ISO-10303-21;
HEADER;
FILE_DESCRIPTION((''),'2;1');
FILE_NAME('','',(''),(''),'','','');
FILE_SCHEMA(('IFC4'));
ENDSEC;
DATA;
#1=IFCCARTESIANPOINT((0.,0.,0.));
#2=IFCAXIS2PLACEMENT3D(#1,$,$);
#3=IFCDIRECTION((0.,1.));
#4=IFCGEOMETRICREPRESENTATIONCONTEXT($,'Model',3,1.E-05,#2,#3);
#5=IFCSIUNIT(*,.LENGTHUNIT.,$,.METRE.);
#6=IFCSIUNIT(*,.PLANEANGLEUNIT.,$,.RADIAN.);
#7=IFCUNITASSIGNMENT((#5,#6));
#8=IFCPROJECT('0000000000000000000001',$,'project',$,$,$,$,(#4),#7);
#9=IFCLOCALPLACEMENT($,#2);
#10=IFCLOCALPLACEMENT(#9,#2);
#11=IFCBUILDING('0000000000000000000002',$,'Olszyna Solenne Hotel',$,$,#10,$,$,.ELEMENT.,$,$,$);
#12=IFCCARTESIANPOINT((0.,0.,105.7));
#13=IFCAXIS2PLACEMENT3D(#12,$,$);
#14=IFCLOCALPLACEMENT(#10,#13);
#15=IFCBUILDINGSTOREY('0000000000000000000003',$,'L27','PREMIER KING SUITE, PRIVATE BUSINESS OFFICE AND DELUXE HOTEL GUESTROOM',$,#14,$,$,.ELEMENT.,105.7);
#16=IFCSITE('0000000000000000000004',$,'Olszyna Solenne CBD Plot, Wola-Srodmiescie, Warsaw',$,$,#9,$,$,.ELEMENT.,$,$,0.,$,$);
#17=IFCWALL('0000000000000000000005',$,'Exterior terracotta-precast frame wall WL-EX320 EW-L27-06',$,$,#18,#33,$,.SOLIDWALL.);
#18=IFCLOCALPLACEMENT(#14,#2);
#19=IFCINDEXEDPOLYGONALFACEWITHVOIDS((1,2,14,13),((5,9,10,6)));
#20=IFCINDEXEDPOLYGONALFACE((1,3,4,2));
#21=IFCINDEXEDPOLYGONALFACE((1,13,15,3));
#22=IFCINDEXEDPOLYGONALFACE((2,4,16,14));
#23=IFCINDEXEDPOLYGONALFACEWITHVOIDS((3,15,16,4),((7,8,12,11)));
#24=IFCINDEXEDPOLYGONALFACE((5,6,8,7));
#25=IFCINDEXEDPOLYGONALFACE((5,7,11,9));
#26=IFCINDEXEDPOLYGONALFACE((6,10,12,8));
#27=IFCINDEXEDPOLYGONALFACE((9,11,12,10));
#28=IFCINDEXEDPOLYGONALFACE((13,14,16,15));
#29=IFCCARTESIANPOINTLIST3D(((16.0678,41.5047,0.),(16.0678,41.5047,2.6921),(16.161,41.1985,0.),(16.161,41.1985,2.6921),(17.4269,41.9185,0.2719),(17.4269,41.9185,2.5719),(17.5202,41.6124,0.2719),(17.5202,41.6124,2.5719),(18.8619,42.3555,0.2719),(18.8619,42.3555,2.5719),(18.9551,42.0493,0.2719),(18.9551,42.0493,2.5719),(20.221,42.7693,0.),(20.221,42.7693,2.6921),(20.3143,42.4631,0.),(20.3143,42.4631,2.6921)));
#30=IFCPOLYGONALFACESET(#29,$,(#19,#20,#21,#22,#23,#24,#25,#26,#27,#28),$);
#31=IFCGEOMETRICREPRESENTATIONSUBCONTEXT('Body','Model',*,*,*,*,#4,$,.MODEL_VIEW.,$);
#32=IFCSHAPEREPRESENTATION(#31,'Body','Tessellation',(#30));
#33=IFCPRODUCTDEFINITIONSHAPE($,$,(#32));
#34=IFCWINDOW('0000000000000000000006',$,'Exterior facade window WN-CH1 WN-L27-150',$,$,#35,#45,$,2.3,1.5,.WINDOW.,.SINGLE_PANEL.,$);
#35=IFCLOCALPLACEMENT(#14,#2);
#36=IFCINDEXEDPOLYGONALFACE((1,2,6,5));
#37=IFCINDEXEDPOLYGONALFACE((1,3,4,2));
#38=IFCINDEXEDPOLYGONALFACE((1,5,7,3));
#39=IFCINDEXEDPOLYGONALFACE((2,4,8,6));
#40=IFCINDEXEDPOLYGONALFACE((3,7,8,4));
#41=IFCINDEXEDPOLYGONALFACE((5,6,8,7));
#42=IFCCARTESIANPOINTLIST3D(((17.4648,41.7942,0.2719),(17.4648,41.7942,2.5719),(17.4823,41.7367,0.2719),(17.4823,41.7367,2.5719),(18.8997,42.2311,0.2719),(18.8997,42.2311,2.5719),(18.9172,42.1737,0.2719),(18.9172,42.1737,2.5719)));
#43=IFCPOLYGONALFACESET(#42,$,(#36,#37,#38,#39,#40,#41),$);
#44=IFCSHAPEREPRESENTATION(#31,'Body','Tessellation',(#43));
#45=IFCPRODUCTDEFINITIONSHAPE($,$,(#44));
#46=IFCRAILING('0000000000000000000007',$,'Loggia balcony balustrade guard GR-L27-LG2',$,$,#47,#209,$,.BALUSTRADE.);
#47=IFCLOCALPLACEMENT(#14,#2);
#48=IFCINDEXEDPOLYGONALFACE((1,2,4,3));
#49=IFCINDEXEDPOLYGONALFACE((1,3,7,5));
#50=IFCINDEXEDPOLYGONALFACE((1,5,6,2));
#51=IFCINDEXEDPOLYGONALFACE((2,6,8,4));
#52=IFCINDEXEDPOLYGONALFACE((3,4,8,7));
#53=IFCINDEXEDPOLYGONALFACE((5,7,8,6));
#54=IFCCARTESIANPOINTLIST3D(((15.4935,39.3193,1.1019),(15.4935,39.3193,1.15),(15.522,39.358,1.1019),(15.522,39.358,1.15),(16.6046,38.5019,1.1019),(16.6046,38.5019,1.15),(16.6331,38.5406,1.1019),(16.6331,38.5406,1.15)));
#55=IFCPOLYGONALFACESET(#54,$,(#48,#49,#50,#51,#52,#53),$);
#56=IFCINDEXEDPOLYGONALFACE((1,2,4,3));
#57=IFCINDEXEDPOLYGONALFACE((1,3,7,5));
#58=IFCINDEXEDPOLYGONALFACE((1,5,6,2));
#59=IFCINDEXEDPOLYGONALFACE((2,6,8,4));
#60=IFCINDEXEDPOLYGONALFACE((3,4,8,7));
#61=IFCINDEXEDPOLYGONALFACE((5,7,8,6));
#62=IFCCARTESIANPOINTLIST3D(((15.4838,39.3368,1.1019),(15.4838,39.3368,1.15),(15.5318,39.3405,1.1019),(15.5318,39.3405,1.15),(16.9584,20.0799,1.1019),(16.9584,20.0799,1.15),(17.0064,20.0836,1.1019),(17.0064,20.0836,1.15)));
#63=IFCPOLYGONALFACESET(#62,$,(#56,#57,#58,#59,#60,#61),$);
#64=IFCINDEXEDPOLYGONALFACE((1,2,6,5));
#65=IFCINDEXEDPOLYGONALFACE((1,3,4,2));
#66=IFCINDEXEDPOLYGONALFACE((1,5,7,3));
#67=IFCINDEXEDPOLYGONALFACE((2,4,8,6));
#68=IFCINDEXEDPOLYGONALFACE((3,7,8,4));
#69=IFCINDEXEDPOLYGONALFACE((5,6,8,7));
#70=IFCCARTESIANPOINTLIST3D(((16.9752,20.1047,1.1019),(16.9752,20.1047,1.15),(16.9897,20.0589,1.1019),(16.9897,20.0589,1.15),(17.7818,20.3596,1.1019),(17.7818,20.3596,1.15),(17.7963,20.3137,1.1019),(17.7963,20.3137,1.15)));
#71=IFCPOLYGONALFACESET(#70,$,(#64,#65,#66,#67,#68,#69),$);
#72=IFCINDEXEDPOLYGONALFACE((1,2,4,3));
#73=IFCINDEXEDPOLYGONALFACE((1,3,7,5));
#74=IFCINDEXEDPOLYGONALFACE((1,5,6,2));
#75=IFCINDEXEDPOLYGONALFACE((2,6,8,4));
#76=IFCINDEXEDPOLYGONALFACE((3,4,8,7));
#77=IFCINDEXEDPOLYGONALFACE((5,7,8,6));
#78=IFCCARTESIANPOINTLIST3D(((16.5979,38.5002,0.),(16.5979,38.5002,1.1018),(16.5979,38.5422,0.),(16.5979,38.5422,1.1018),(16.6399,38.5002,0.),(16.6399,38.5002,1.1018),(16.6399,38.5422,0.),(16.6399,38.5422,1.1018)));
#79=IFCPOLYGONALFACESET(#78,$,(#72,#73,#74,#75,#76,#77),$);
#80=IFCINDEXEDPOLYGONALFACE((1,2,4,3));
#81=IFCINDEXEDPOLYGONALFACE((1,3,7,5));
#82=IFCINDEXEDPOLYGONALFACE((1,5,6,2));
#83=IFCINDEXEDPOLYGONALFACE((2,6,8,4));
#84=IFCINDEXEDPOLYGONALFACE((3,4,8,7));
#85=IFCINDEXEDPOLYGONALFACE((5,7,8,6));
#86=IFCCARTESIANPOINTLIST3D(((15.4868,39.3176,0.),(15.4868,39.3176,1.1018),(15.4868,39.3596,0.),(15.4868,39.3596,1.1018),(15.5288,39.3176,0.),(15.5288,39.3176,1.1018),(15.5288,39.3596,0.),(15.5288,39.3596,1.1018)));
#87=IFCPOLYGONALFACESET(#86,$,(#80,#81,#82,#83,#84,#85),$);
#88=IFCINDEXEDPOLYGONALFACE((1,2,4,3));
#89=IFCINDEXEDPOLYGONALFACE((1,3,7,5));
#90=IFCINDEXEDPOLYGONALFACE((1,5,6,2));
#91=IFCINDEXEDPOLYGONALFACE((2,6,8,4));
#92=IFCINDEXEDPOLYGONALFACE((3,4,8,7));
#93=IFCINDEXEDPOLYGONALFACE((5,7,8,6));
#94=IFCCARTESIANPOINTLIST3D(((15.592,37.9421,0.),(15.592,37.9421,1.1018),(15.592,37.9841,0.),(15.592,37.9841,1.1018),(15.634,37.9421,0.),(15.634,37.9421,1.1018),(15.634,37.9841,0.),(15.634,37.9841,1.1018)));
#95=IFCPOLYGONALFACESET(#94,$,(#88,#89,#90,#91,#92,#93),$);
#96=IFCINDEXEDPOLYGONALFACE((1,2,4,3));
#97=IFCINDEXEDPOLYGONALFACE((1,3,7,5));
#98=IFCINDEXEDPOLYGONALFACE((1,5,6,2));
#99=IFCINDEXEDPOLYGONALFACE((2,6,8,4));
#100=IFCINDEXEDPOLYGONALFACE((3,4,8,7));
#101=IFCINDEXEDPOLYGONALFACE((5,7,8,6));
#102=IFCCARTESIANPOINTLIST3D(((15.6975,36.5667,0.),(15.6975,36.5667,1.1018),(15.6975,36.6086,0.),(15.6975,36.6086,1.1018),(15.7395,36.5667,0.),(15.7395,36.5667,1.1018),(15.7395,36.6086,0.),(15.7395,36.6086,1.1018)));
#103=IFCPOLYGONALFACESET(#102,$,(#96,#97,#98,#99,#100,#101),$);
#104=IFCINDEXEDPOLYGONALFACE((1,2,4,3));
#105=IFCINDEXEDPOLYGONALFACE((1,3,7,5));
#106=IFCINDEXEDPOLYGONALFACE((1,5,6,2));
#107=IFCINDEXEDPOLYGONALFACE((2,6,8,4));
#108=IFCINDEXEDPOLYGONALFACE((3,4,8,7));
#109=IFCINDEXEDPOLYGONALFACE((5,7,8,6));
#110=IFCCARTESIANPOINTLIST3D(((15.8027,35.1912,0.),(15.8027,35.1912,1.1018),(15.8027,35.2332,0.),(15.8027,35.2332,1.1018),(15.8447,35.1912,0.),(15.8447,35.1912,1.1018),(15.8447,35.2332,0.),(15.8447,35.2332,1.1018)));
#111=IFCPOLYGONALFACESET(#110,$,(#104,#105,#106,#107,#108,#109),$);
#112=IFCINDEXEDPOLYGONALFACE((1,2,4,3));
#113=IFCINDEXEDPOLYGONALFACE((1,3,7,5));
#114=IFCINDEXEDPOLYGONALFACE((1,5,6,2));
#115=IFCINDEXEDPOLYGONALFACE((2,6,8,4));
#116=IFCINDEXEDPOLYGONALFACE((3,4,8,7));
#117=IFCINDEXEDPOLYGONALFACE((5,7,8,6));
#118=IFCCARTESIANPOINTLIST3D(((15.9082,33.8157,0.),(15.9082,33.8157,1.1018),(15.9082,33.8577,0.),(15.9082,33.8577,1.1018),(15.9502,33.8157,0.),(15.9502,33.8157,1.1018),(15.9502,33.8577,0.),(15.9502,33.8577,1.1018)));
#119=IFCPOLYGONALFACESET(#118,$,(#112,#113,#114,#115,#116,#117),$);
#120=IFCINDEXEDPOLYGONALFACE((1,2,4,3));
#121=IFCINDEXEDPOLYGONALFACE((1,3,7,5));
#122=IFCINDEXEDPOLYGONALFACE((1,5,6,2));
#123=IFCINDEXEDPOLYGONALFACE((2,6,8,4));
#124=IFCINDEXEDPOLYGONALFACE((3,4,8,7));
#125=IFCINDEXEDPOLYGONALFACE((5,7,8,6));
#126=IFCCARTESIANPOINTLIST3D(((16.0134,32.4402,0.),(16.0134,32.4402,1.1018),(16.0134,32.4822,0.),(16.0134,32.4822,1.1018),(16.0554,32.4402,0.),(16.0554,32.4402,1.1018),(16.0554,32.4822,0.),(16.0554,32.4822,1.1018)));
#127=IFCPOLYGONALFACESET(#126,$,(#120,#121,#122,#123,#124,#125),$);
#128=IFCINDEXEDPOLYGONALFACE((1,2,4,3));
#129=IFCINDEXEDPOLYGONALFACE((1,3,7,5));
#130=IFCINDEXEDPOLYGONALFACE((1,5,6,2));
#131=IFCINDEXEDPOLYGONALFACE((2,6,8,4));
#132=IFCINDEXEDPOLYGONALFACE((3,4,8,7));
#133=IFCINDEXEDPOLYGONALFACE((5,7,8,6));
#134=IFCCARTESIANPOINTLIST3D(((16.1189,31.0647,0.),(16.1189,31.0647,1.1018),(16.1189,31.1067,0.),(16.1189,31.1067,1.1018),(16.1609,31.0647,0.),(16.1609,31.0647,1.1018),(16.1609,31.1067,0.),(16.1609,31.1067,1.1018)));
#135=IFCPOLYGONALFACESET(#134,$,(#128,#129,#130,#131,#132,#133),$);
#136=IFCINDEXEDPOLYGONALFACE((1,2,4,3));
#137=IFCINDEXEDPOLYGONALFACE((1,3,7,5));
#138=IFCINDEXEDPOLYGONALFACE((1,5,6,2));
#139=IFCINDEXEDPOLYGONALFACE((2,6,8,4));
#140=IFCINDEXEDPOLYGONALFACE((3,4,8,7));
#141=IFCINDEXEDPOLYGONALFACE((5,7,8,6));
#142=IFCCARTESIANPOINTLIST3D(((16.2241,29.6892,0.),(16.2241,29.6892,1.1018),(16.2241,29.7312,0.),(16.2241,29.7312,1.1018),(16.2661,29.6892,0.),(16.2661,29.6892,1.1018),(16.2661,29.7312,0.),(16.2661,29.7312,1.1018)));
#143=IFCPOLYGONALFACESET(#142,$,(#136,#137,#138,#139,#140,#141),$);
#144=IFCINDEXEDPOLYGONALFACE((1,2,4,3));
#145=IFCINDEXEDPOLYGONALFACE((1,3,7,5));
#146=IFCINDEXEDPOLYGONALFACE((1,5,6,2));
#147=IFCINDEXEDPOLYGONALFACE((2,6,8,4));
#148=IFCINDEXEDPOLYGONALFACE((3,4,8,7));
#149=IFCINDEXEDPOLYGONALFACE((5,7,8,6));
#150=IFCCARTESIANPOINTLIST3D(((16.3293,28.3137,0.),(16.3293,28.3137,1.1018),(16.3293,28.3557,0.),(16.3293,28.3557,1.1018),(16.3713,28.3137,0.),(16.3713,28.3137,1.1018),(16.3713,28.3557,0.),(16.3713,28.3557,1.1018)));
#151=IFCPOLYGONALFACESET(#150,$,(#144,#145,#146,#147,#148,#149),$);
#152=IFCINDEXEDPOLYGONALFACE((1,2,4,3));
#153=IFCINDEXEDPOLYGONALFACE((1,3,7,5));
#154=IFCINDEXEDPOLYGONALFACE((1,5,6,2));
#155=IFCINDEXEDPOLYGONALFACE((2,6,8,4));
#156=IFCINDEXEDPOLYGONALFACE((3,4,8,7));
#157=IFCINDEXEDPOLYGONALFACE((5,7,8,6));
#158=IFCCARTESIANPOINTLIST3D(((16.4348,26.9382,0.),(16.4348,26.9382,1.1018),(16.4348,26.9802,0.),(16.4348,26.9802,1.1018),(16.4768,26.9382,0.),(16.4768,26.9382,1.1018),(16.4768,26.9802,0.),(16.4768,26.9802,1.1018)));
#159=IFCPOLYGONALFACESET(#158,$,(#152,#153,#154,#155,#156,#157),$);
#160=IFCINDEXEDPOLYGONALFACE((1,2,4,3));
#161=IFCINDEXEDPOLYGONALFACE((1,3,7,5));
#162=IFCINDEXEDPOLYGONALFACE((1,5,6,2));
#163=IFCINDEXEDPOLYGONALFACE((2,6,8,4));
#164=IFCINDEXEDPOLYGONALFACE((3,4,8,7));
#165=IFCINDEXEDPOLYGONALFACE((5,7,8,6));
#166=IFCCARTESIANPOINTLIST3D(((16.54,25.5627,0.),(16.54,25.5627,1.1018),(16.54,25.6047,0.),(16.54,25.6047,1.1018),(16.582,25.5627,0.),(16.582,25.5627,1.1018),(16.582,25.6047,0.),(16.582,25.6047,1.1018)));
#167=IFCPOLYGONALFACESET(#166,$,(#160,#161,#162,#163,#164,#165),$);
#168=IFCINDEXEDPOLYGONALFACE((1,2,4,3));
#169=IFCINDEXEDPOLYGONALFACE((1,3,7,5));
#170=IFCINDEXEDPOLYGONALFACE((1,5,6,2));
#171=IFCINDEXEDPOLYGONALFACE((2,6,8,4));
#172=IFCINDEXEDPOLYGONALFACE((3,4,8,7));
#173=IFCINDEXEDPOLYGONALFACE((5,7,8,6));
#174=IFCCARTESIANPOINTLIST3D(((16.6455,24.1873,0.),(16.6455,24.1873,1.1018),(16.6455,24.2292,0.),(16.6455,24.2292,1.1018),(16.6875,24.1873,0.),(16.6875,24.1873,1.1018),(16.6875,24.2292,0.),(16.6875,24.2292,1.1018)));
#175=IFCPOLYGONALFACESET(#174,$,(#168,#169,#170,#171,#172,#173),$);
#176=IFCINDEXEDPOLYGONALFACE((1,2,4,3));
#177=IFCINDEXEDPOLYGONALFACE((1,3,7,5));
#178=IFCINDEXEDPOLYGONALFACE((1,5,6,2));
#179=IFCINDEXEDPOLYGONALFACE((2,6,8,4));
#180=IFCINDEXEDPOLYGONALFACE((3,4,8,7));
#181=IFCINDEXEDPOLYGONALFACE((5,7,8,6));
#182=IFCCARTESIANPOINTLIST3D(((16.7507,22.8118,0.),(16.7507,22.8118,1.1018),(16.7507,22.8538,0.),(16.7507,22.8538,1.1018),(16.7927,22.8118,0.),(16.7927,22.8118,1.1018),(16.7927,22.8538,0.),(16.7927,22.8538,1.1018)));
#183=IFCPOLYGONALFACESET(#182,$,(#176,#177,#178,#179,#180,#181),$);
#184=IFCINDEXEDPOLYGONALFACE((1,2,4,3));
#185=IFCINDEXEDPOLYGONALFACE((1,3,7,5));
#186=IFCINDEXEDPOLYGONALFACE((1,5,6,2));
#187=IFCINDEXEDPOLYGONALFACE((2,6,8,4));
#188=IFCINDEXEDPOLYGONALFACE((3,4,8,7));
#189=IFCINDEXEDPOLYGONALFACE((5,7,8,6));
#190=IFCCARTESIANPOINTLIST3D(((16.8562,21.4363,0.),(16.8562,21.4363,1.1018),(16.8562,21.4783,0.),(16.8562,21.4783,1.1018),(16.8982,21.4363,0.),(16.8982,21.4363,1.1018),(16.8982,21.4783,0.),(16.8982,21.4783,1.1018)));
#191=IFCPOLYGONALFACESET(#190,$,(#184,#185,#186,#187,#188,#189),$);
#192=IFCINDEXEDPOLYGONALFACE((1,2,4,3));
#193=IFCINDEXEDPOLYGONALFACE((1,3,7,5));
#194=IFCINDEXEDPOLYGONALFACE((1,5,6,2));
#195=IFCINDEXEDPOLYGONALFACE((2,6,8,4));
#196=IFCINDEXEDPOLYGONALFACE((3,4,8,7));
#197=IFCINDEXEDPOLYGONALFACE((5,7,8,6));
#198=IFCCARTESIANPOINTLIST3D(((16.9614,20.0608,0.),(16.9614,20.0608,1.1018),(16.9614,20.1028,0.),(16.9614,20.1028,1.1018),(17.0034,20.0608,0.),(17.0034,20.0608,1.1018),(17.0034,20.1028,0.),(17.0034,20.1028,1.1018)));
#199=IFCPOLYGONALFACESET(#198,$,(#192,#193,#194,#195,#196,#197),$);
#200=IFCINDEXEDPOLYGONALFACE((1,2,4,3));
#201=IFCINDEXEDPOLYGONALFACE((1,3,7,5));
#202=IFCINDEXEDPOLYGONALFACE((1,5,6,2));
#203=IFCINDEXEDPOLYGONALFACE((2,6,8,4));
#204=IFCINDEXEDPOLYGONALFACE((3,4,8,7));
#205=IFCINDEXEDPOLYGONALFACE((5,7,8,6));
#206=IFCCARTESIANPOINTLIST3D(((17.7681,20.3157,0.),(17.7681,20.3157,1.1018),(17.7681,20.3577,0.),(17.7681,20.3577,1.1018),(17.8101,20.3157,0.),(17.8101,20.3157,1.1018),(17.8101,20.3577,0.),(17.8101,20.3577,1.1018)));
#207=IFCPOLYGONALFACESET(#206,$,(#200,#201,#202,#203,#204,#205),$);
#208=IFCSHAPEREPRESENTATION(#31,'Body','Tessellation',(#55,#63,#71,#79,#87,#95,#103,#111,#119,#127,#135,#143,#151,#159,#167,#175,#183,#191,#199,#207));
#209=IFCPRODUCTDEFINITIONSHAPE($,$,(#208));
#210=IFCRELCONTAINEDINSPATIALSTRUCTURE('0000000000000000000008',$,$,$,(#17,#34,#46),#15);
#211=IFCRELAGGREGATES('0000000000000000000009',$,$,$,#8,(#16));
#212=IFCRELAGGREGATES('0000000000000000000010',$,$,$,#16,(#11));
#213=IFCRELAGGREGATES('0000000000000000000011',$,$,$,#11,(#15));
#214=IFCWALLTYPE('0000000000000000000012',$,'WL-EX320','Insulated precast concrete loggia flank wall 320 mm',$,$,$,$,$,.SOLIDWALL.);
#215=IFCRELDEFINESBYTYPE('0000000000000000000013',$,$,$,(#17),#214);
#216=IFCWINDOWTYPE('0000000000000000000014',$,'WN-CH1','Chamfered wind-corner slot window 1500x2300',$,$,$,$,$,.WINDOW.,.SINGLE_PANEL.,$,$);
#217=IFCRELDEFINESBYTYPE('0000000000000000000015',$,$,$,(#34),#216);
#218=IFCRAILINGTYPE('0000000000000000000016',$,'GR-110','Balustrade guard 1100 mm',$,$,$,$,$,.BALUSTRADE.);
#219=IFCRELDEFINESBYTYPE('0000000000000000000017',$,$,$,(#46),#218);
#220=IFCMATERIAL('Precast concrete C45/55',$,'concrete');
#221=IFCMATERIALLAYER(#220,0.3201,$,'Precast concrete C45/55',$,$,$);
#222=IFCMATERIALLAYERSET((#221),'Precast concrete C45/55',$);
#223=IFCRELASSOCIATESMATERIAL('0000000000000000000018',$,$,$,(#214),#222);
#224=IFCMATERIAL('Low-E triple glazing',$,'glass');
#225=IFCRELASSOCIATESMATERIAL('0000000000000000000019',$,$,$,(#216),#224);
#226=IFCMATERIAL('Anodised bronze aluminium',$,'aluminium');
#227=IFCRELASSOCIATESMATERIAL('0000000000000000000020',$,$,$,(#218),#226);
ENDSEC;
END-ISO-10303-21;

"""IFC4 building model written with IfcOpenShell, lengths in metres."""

from ifc_helpers import new_model, si_unit, direction, frame, frame_2d, origin, origin_2d, place, context, subcontext, project, spatial, rectangle, extrude, source, transform, mapped, material, layer, layer_set, type_object, type_shapes, element, fill, save


model = new_model("IFC4")

# Units and contexts
model_context = context("Model", 3, precision=1e-05, world=origin(), true_north=direction((0.0, 1.0)))
body_context = subcontext(model_context, "Body", "Model", "MODEL_VIEW")
ifc_project = project(units=[si_unit("LENGTHUNIT", "METRE"), si_unit("PLANEANGLEUNIT", "RADIAN")], contexts=[model_context])

# Site, building, storey
site_placement = place(None, origin())
site = spatial("IfcSite", under=ifc_project, at=site_placement, Name="Olszyna Solenne CBD Plot, Wola-Srodmiescie, Warsaw", CompositionType="ELEMENT", RefElevation=0.0)
building_placement = place(site_placement, origin())
building = spatial("IfcBuilding", under=site, at=building_placement, Name="Olszyna Solenne Hotel", CompositionType="ELEMENT")
storey_placement = place(building_placement, frame((0.0, 0.0, 105.7)))
storey = spatial("IfcBuildingStorey", under=building, at=storey_placement, Name="L27", Description="PREMIER KING SUITE, PRIVATE BUSINESS OFFICE AND DELUXE HOTEL GUESTROOM", CompositionType="ELEMENT", Elevation=105.7)

# Shared definitions
ifc_material_1 = material(Name="Anodised bronze aluminium", Category="aluminium")

# Shared definitions
ifc_material_2 = material(Name="Low-E triple glazing", Category="glass")

# Wall, opening, window
ifc_material_3 = material(Name="Precast concrete C45/55", Category="concrete")
ifc_layer = layer(ifc_material_3, 0.3201, Name="Precast concrete C45/55")
ifc_layer_set = layer_set([ifc_layer], Name="Precast concrete C45/55")
wall_type = type_object("IfcWallType", Name="WL-EX320", Description="Insulated precast concrete loggia flank wall 320 mm", PredefinedType="SOLIDWALL", material=ifc_layer_set)
window_type = type_object("IfcWindowType", Name="WN-CH1", Description="Chamfered wind-corner slot window 1500x2300", PartitioningType="SINGLE_PANEL", PredefinedType="WINDOW", material=ifc_material_2)
shared_shape_1 = source(origin(), body_context, "Body", "SweptSolid", [
    extrude(rectangle(XDim=1.5, YDim=2.3, at=frame_2d((0.75, 1.1499))), frame((0.0, 0.03, 0.0), z_axis=(0.0, -1.0, 0.0), x_axis=(1.0, 0.0, 0.0)), (0.0, 0.0, 1.0), 0.0601),
])
type_shapes(window_type, [shared_shape_1])
wall_1_placement = place(storey_placement, frame((16.1143, 41.3516, 0.0), z_axis=(0.0, 0.0, 1.0), x_axis=(0.956636, 0.291287, 0.0)))
wall_1 = element("IfcWall", 1, at=wall_1_placement, inside=storey, type_object=wall_type, Name="Exterior terracotta-precast frame wall WL-EX320 EW-L27-06", PredefinedType="SOLIDWALL", context=body_context, shape_type="SweptSolid", body=[
    extrude(rectangle(XDim=4.3416, YDim=0.3201, at=frame_2d((2.1709, 0.0))), origin(), (0.0, 0.0, 1.0), 2.6921),
])
opening_1_placement = place(wall_1_placement, frame((1.4209, 0.0, 0.272)))
opening_1 = element("IfcOpeningElement", 2, at=opening_1_placement, cuts=wall_1, PredefinedType="OPENING", context=body_context, shape_type="SweptSolid", body=[
    extrude(rectangle(XDim=1.5, YDim=2.3, at=frame_2d((0.75, 1.1499))), frame((0.0, 0.1699, 0.0), z_axis=(0.0, -1.0, 0.0), x_axis=(1.0, 0.0, 0.0)), (0.0, 0.0, 1.0), 0.3401),
])
window_1_placement = place(opening_1_placement, origin())
window_1 = element("IfcWindow", 3, at=window_1_placement, inside=storey, type_object=window_type, Name="Exterior facade window WN-CH1 WN-L27-150", OverallHeight=2.3, OverallWidth=1.5, PartitioningType="SINGLE_PANEL", PredefinedType="WINDOW", context=body_context, shape_type="MappedRepresentation", body=[
    mapped(shared_shape_1, transform((0.0, 0.0, 0.0), x_axis=(1.0, 0.0, 0.0), y_axis=(0.0, 1.0, 0.0), z_axis=(0.0, 0.0, 1.0), scale=1.0)),
])
fill(opening_1, window_1)

# Railing
railing_type = type_object("IfcRailingType", Name="GR-110", Description="Balustrade guard 1100 mm", PredefinedType="BALUSTRADE", material=ifc_material_1)
railing_placement = place(storey_placement, frame((16.6189, 38.5212, 0.0)))
element("IfcRailing", 4, at=railing_placement, inside=storey, type_object=railing_type, Name="Loggia balcony balustrade guard GR-L27-LG2", PredefinedType="BALUSTRADE", context=body_context, shape_type="SweptSolid", body=[
    extrude(rectangle(XDim=0.0481, YDim=0.0481, at=origin_2d()), frame((0.0, 0.0, 1.126), z_axis=(-0.805509, 0.592583, 0.0), x_axis=(-0.592583, -0.805509, 0.0)), (0.0, 0.0, 1.0), 1.3794),
    extrude(rectangle(XDim=0.0481, YDim=0.0481, at=origin_2d()), frame((-1.1111, 0.8174, 1.126), z_axis=(0.076352, -0.997081, 0.0), x_axis=(0.997081, 0.076352, 0.0)), (0.0, 0.0, 1.0), 19.3132),
    extrude(rectangle(XDim=0.0481, YDim=0.0481, at=origin_2d()), frame((0.3635, -18.4395, 1.126), z_axis=(0.95353, 0.301297, 0.0), x_axis=(-0.301297, 0.95353, 0.0)), (0.0, 0.0, 1.0), 0.8459),
    extrude(rectangle(XDim=0.042, YDim=0.042, at=origin_2d()), origin(), (0.0, 0.0, 1.0), 1.1018),
    extrude(rectangle(XDim=0.042, YDim=0.042, at=origin_2d()), frame((-1.1111, 0.8174, 0.0)), (0.0, 0.0, 1.0), 1.1018),
    extrude(rectangle(XDim=0.042, YDim=0.042, at=origin_2d()), frame((-1.0059, -0.5581, 0.0)), (0.0, 0.0, 1.0), 1.1018),
    extrude(rectangle(XDim=0.042, YDim=0.042, at=origin_2d()), frame((-0.9004, -1.9336, 0.0)), (0.0, 0.0, 1.0), 1.1018),
    extrude(rectangle(XDim=0.042, YDim=0.042, at=origin_2d()), frame((-0.7952, -3.3091, 0.0)), (0.0, 0.0, 1.0), 1.1018),
    extrude(rectangle(XDim=0.042, YDim=0.042, at=origin_2d()), frame((-0.6897, -4.6846, 0.0)), (0.0, 0.0, 1.0), 1.1018),
    extrude(rectangle(XDim=0.042, YDim=0.042, at=origin_2d()), frame((-0.5845, -6.0601, 0.0)), (0.0, 0.0, 1.0), 1.1018),
    extrude(rectangle(XDim=0.042, YDim=0.042, at=origin_2d()), frame((-0.479, -7.4355, 0.0)), (0.0, 0.0, 1.0), 1.1018),
    extrude(rectangle(XDim=0.042, YDim=0.042, at=origin_2d()), frame((-0.3738, -8.811, 0.0)), (0.0, 0.0, 1.0), 1.1018),
    extrude(rectangle(XDim=0.042, YDim=0.042, at=origin_2d()), frame((-0.2686, -10.1865, 0.0)), (0.0, 0.0, 1.0), 1.1018),
    extrude(rectangle(XDim=0.042, YDim=0.042, at=origin_2d()), frame((-0.1631, -11.562, 0.0)), (0.0, 0.0, 1.0), 1.1018),
    extrude(rectangle(XDim=0.042, YDim=0.042, at=origin_2d()), frame((-0.0579, -12.9375, 0.0)), (0.0, 0.0, 1.0), 1.1018),
    extrude(rectangle(XDim=0.042, YDim=0.042, at=origin_2d()), frame((0.0476, -14.313, 0.0)), (0.0, 0.0, 1.0), 1.1018),
    extrude(rectangle(XDim=0.042, YDim=0.042, at=origin_2d()), frame((0.1528, -15.6885, 0.0)), (0.0, 0.0, 1.0), 1.1018),
    extrude(rectangle(XDim=0.042, YDim=0.042, at=origin_2d()), frame((0.2583, -17.064, 0.0)), (0.0, 0.0, 1.0), 1.1018),
    extrude(rectangle(XDim=0.042, YDim=0.042, at=origin_2d()), frame((0.3635, -18.4395, 0.0)), (0.0, 0.0, 1.0), 1.1018),
    extrude(rectangle(XDim=0.042, YDim=0.042, at=origin_2d()), frame((1.1702, -18.1846, 0.0)), (0.0, 0.0, 1.0), 1.1018),
])

save(model, "model.ifc")
